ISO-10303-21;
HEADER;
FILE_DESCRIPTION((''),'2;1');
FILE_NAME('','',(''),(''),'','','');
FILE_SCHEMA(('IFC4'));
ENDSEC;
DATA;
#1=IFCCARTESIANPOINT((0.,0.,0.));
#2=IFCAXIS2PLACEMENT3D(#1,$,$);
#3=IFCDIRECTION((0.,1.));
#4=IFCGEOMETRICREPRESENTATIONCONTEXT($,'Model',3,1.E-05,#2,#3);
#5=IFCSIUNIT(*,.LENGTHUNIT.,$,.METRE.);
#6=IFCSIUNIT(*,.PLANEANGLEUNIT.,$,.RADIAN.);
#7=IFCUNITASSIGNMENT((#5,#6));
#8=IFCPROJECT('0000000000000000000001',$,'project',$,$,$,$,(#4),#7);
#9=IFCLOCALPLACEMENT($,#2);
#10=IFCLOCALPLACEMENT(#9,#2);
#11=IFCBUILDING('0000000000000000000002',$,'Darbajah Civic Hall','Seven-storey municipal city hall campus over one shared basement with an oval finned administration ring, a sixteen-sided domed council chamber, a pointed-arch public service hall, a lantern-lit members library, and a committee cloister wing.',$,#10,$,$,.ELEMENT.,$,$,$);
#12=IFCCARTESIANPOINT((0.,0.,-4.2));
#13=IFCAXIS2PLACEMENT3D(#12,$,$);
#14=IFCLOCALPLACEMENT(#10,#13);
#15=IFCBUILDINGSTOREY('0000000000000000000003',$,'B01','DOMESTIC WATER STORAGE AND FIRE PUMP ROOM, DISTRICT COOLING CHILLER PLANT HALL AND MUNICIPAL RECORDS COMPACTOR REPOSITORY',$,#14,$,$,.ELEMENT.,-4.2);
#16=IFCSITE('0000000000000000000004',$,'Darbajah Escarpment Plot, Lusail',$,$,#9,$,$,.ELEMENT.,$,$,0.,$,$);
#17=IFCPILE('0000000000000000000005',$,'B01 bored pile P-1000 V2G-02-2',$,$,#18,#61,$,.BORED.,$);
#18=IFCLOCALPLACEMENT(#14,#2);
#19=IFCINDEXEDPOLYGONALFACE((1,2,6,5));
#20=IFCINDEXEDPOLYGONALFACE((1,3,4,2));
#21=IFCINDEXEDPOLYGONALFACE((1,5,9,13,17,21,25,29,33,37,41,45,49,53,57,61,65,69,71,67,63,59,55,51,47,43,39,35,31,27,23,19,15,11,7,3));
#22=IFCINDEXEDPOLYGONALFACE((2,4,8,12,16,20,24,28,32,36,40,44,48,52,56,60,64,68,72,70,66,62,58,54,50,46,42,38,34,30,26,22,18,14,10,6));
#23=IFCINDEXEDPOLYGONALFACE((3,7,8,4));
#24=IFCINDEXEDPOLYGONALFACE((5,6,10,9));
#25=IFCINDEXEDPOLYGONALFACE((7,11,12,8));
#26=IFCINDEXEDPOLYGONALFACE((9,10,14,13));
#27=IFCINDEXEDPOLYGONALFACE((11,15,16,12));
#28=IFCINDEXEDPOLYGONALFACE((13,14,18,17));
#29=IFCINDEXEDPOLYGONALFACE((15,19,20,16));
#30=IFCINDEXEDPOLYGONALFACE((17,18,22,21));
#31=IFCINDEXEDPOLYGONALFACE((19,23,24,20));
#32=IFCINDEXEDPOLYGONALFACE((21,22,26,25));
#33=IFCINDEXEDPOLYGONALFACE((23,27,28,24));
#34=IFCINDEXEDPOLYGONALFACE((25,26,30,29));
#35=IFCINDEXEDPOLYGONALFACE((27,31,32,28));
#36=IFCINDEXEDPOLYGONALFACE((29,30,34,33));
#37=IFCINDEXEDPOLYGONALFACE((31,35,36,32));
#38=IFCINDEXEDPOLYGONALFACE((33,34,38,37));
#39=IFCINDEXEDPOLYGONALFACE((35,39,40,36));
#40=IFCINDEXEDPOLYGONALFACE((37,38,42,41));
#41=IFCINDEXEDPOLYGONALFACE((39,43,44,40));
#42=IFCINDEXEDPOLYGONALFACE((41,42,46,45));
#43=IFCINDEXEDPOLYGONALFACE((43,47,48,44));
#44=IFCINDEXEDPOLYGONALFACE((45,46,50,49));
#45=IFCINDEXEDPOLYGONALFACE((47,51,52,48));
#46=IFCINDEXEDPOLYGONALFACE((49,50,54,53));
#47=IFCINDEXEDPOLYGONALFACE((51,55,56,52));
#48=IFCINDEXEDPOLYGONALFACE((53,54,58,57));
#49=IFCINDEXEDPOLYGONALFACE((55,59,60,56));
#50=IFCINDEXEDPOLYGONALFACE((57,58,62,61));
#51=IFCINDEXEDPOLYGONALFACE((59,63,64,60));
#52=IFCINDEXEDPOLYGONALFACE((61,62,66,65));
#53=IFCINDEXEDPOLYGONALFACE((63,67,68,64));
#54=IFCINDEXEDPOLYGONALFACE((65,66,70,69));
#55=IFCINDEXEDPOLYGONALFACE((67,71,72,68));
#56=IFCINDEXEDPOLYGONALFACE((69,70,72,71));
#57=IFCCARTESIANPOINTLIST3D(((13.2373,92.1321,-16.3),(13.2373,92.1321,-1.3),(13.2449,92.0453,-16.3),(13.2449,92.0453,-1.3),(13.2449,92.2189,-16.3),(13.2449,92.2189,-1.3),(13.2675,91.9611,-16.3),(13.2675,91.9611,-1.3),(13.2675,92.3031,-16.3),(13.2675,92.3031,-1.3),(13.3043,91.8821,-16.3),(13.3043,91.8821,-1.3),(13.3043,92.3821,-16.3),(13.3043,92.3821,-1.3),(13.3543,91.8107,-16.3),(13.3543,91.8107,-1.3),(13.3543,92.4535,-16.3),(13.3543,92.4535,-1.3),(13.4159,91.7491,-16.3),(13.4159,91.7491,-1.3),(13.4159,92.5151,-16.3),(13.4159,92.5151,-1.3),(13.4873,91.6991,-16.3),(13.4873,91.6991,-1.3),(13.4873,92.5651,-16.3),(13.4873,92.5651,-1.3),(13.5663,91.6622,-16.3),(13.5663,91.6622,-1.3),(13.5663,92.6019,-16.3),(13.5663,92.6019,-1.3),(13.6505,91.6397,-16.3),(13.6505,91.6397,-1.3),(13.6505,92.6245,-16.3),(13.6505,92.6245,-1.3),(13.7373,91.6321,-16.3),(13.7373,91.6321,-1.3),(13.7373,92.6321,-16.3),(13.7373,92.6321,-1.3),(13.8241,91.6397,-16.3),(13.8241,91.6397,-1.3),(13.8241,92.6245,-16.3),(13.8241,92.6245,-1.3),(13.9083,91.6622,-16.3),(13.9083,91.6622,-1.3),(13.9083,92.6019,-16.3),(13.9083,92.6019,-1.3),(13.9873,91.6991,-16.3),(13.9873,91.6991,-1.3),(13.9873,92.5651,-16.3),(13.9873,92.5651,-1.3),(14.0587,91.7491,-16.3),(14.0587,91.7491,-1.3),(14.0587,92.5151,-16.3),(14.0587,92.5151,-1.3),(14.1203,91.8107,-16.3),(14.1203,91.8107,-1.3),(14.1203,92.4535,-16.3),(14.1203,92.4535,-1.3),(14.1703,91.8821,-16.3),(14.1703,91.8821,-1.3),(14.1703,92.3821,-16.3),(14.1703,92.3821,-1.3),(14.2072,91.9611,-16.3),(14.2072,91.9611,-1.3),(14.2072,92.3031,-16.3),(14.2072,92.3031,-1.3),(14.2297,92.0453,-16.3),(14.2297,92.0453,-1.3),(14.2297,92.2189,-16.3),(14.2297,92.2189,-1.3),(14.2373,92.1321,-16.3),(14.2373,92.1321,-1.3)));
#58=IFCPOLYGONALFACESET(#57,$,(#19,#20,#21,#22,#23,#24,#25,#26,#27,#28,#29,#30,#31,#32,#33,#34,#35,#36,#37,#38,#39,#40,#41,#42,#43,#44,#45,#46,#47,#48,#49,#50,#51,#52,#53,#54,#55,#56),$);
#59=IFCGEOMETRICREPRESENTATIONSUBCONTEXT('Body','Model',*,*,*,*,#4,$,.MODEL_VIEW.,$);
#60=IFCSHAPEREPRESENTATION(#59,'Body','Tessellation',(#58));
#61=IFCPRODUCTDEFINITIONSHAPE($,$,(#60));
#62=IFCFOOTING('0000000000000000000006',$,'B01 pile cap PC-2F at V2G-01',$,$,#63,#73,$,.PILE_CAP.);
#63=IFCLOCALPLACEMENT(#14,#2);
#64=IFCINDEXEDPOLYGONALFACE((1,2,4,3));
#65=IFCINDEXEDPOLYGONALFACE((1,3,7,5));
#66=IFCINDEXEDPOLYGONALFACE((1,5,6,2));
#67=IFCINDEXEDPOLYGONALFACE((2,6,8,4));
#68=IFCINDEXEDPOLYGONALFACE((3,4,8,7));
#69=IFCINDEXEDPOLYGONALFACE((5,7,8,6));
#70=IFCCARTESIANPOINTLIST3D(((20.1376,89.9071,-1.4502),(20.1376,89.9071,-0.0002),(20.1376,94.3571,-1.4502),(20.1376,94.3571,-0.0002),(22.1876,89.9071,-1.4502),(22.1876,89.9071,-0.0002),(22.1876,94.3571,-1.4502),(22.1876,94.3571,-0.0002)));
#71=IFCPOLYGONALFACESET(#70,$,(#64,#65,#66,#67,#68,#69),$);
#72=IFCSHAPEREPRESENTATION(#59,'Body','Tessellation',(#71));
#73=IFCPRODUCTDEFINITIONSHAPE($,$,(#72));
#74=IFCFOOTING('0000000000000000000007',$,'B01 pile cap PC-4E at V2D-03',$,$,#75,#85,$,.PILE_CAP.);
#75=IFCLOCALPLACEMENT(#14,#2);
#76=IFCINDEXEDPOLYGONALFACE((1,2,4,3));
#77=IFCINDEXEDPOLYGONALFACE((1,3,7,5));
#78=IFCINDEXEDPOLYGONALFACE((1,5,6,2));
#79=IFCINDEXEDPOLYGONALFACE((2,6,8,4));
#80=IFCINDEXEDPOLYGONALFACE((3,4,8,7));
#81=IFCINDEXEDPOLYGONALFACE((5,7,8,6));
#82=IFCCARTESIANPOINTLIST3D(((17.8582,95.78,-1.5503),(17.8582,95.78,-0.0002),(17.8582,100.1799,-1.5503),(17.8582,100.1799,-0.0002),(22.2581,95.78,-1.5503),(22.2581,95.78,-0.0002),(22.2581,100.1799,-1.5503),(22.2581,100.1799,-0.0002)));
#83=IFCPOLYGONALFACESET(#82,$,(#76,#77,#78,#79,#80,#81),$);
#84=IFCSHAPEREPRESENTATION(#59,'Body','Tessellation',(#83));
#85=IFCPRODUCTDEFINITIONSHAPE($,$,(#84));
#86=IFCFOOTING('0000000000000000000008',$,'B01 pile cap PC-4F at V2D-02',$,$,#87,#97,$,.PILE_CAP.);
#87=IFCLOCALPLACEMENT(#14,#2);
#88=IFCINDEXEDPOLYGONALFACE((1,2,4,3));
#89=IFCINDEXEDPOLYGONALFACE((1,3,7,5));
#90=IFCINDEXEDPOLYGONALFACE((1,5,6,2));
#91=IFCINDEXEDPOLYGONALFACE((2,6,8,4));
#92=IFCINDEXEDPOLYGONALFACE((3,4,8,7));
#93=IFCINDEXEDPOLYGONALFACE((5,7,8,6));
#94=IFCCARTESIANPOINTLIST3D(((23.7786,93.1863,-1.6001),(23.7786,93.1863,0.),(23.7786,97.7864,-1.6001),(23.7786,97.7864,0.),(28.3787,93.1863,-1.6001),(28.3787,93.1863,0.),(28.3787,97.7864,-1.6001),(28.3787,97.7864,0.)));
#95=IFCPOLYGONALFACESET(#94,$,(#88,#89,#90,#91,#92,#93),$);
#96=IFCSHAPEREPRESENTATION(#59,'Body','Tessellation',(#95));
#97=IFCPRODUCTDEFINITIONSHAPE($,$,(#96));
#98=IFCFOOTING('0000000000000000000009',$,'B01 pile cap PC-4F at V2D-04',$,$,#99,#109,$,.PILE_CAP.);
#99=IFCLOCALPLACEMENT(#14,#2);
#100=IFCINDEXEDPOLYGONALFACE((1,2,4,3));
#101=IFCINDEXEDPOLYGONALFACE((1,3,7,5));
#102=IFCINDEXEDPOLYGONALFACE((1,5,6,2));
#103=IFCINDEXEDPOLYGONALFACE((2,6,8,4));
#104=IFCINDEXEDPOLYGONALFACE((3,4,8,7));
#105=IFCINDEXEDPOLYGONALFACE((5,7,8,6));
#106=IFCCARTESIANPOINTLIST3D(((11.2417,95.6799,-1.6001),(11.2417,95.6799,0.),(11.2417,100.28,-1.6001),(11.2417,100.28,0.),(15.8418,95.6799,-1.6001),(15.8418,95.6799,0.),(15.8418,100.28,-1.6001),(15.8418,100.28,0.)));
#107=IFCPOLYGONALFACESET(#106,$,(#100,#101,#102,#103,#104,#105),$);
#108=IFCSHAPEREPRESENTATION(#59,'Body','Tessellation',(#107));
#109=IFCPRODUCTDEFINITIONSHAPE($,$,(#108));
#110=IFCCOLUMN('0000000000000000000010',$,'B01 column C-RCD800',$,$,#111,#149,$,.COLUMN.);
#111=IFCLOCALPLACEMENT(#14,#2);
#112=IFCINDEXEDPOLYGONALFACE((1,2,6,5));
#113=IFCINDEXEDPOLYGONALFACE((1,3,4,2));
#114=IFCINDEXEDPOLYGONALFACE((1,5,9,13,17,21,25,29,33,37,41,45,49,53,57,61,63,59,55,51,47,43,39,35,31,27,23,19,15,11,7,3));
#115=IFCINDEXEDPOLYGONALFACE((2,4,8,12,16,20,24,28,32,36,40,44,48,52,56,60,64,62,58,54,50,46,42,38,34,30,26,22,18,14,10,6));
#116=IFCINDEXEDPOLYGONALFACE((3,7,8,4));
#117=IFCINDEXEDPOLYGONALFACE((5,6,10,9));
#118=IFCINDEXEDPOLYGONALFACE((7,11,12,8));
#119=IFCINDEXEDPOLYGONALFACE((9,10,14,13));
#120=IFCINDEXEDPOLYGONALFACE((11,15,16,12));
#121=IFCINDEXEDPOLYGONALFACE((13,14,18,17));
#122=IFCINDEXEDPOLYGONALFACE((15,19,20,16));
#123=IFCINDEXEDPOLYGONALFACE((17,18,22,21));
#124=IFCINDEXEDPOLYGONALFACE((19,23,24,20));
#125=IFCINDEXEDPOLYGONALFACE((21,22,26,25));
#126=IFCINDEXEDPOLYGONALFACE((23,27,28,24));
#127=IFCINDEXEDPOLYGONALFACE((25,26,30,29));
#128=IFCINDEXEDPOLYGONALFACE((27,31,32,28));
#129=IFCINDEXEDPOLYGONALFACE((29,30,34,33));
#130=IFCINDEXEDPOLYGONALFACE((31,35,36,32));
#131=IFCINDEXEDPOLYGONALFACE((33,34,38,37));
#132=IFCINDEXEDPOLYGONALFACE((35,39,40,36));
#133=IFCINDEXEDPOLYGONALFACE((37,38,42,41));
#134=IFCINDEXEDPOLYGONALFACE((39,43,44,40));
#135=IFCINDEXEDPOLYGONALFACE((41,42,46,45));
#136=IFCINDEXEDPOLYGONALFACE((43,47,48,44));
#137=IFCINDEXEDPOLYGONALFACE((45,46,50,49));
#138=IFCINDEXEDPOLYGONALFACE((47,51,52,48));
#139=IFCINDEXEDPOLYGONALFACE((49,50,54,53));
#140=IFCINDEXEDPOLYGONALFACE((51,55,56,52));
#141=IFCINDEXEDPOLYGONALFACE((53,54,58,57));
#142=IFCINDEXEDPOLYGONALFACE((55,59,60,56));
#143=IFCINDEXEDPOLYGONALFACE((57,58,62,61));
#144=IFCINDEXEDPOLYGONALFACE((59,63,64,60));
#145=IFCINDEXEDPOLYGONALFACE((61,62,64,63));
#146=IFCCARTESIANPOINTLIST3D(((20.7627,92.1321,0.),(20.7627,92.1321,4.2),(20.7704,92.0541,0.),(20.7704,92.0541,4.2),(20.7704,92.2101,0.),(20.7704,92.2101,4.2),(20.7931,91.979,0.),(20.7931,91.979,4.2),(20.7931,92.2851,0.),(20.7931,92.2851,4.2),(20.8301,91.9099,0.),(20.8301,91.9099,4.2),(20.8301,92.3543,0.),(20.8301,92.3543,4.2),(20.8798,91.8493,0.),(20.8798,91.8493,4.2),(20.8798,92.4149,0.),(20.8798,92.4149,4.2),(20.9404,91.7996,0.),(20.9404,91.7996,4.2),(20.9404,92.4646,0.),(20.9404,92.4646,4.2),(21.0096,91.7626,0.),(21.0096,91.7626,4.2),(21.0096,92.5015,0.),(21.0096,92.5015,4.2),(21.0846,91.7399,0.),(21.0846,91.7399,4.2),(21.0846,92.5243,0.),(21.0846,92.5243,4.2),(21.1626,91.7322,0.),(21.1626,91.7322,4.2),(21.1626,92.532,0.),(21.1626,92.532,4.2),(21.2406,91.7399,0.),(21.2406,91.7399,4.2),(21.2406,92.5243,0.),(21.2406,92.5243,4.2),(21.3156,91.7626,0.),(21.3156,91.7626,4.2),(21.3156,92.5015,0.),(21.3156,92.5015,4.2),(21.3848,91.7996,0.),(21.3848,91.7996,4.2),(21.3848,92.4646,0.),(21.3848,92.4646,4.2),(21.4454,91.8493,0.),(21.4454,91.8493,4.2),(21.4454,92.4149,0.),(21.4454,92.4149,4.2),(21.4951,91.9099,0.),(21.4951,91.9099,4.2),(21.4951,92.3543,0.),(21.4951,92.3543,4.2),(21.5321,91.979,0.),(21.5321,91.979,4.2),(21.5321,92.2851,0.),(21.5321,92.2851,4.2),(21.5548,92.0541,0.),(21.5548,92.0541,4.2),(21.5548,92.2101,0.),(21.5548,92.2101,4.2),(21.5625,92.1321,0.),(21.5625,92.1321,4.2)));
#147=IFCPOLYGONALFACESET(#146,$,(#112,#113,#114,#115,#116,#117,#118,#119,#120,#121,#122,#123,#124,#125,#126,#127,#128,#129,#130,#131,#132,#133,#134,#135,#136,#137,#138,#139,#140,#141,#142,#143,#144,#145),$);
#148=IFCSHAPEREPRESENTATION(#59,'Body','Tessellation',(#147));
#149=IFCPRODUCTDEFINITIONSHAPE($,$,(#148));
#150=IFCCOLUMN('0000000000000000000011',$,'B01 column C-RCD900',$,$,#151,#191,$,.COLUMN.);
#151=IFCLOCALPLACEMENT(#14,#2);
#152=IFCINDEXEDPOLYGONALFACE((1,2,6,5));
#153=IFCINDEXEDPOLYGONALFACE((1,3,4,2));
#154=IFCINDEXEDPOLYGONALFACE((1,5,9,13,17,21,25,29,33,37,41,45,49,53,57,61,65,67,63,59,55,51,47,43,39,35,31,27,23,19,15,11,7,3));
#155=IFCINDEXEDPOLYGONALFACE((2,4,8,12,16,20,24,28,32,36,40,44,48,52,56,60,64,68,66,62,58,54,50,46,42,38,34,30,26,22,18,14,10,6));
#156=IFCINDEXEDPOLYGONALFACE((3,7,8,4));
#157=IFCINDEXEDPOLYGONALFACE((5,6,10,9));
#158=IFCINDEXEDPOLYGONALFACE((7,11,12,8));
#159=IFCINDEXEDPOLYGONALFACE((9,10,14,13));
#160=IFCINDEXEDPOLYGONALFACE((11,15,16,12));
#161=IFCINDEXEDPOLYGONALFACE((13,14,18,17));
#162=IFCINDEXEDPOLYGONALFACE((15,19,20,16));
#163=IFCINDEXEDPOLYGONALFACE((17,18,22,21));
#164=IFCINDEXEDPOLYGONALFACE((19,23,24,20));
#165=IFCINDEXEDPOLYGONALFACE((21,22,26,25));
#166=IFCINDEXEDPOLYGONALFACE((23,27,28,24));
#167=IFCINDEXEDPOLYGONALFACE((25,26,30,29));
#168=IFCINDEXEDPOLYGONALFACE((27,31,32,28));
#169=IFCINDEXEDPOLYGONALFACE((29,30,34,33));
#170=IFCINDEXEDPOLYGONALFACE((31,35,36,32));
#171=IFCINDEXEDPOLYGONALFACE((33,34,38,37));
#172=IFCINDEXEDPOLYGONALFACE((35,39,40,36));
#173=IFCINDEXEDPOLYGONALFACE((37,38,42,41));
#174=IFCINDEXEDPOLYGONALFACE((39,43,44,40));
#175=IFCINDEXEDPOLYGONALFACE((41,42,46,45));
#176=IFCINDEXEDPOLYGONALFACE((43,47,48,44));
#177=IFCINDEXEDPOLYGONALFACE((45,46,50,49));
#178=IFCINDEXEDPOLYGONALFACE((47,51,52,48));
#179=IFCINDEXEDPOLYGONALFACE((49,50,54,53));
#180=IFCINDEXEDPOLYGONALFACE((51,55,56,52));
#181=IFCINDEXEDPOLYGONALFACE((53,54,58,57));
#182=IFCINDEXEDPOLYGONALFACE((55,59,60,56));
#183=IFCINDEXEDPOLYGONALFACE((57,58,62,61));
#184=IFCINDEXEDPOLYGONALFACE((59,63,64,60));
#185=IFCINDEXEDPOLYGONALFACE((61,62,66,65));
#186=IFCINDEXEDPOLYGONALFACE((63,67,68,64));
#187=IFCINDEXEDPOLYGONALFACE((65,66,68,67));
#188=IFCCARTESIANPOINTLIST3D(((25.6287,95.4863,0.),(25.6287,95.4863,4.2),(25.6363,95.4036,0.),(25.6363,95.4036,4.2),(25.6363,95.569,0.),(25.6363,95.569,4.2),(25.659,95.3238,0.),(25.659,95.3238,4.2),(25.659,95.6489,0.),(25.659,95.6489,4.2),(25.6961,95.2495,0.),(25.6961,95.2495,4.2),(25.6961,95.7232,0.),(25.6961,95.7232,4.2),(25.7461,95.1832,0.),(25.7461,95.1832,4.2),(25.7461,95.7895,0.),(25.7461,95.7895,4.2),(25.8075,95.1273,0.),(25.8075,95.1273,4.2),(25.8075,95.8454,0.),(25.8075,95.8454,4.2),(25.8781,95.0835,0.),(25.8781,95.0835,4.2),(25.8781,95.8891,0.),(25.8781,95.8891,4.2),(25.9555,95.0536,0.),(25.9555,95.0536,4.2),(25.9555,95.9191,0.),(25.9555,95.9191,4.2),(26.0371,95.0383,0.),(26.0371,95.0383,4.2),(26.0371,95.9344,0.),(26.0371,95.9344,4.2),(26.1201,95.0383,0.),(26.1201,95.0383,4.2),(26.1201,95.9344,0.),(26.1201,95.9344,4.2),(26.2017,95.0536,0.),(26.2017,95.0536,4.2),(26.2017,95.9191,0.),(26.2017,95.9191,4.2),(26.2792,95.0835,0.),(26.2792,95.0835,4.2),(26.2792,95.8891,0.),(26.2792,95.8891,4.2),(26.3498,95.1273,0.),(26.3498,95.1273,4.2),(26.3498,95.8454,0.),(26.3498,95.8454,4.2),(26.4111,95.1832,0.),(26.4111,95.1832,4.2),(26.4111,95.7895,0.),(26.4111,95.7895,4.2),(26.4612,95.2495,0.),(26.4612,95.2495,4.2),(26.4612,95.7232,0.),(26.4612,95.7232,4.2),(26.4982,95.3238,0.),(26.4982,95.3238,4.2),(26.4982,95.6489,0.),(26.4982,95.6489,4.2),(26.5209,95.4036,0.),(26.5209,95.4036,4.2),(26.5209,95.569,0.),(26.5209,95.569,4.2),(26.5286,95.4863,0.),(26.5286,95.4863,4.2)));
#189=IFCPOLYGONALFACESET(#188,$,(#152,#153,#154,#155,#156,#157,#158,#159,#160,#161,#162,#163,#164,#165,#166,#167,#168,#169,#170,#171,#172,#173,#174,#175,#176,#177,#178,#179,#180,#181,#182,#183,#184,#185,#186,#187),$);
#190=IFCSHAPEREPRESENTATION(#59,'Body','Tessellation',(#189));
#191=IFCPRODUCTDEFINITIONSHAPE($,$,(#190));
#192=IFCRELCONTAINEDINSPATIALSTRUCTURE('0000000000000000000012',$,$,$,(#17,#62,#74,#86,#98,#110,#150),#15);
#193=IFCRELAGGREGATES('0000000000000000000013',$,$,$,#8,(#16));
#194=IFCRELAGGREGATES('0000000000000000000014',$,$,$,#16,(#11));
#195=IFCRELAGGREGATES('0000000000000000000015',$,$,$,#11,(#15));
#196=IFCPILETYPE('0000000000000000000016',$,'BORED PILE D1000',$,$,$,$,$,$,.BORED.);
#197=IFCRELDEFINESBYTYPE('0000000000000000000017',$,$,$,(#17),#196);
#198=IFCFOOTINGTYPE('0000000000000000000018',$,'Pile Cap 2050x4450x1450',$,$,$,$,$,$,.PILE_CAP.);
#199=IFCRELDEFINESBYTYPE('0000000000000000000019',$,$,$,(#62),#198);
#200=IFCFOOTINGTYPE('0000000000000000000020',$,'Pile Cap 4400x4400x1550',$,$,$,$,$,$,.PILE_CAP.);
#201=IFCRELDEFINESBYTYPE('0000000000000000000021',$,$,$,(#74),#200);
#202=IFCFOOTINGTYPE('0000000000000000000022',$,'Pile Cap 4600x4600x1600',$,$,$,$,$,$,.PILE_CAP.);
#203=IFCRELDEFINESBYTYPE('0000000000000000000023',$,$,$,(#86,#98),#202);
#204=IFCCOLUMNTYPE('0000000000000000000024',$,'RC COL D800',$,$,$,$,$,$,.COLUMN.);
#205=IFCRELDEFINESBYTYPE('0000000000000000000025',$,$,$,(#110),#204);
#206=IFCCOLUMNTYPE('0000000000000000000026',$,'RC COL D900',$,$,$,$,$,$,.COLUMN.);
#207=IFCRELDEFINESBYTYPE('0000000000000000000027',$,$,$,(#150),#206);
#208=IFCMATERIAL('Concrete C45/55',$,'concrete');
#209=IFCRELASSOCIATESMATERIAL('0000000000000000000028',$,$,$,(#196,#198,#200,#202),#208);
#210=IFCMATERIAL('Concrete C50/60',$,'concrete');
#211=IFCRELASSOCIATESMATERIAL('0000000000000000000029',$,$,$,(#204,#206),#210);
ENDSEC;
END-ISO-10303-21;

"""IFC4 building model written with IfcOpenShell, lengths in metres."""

from ifc_helpers import new_model, si_unit, direction, frame, origin, origin_2d, place, context, subcontext, project, spatial, rectangle, circle, extrude, material, material_profile, profile_set, type_object, element, save


model = new_model("IFC4")

# Units and contexts
model_context = context("Model", 3, precision=1e-05, world=origin(), true_north=direction((0.0, 1.0)))
body_context = subcontext(model_context, "Body", "Model", "MODEL_VIEW")
ifc_project = project(units=[si_unit("LENGTHUNIT", "METRE"), si_unit("PLANEANGLEUNIT", "RADIAN")], contexts=[model_context])

# Site, building, storey
site_placement = place(None, origin())
site = spatial("IfcSite", under=ifc_project, at=site_placement, Name="Darbajah Escarpment Plot, Lusail", CompositionType="ELEMENT", RefElevation=0.0)
building_placement = place(site_placement, origin())
building = spatial("IfcBuilding", under=site, at=building_placement, Name="Darbajah Civic Hall", Description="Seven-storey municipal city hall campus over one shared basement with an oval finned administration ring, a sixteen-sided domed council chamber, a pointed-arch public service hall, a lantern-lit members library, and a committee cloister wing.", CompositionType="ELEMENT")
storey_placement = place(building_placement, frame((0.0, 0.0, -4.2)))
storey = spatial("IfcBuildingStorey", under=building, at=storey_placement, Name="B01", Description="DOMESTIC WATER STORAGE AND FIRE PUMP ROOM, DISTRICT COOLING CHILLER PLANT HALL AND MUNICIPAL RECORDS COMPACTOR REPOSITORY", CompositionType="ELEMENT", Elevation=-4.2)

# Pile
ifc_material_1 = material(Name="Concrete C45/55", Category="concrete")
ifc_material_profile_1 = material_profile(ifc_material_1, circle(Radius=0.5, at=origin_2d()), Name="BORED PILE D1000")
ifc_profile_set_1 = profile_set([ifc_material_profile_1], Name="Concrete C45/55")
pile_type = type_object("IfcPileType", Name="BORED PILE D1000", PredefinedType="BORED", material=ifc_profile_set_1)
for number, where, z_axis, x_axis, name in (
    (1, (13.7373, 92.1321, -1.3), (0.0, 0.0, -1.0), (1.0, 0.0, 0.0), "B01 bored pile P-1000 V2G-02-2"),
):
    element("IfcPile", number, at=place(storey_placement, frame(where, z_axis=z_axis, x_axis=x_axis)), inside=storey, type_object=pile_type, Name=name, PredefinedType="BORED", context=body_context, shape_type="SweptSolid", body=[
        extrude(circle(Radius=0.5, at=origin_2d()), origin(), (0.0, 0.0, 1.0), 15.0),
    ])

# Footings
footing_type_1 = type_object("IfcFootingType", Name="Pile Cap 2050x4450x1450", PredefinedType="PILE_CAP", material=ifc_material_1)
footing_1_placement = place(storey_placement, frame((21.1626, 92.1321, -1.4502), z_axis=(0.0, 0.0, 1.0), x_axis=(1.0, 0.0, 0.0)))
element("IfcFooting", 2, at=footing_1_placement, inside=storey, type_object=footing_type_1, Name="B01 pile cap PC-2F at V2G-01", PredefinedType="PILE_CAP", context=body_context, shape_type="SweptSolid", body=[
    extrude(rectangle(XDim=2.05, YDim=4.45, at=origin_2d()), origin(), (0.0, 0.0, 1.0), 1.45),
])
footing_type_2 = type_object("IfcFootingType", Name="Pile Cap 4400x4400x1550", PredefinedType="PILE_CAP", material=ifc_material_1)
footing_2_placement = place(storey_placement, frame((20.0581, 97.98, -1.5503), z_axis=(0.0, 0.0, 1.0), x_axis=(1.0, 0.0, 0.0)))
element("IfcFooting", 3, at=footing_2_placement, inside=storey, type_object=footing_type_2, Name="B01 pile cap PC-4E at V2D-03", PredefinedType="PILE_CAP", context=body_context, shape_type="SweptSolid", body=[
    extrude(rectangle(XDim=4.3999, YDim=4.3999, at=origin_2d()), origin(), (0.0, 0.0, 1.0), 1.55),
])
footing_type_3 = type_object("IfcFootingType", Name="Pile Cap 4600x4600x1600", PredefinedType="PILE_CAP", material=ifc_material_1)
for number, where, z_axis, x_axis, name in (
    (4, (26.0786, 95.4863, -1.6001), (0.0, 0.0, 1.0), (1.0, 0.0, 0.0), "B01 pile cap PC-4F at V2D-02"),
    (5, (13.5417, 97.98, -1.6001), (0.0, 0.0, 1.0), (1.0, 0.0, 0.0), "B01 pile cap PC-4F at V2D-04"),
):
    element("IfcFooting", number, at=place(storey_placement, frame(where, z_axis=z_axis, x_axis=x_axis)), inside=storey, type_object=footing_type_3, Name=name, PredefinedType="PILE_CAP", context=body_context, shape_type="SweptSolid", body=[
        extrude(rectangle(XDim=4.6001, YDim=4.6001, at=origin_2d()), origin(), (0.0, 0.0, 1.0), 1.6001),
    ])

# Columns
ifc_material_2 = material(Name="Concrete C50/60", Category="concrete")
ifc_material_profile_2 = material_profile(ifc_material_2, circle(Radius=0.3999, at=origin_2d()), Name="RC COL D800")
ifc_profile_set_2 = profile_set([ifc_material_profile_2], Name="Concrete C50/60")
column_type_1 = type_object("IfcColumnType", Name="RC COL D800", PredefinedType="COLUMN", material=ifc_profile_set_2)
column_placement = place(storey_placement, frame((21.1626, 92.1321, 0.0), z_axis=(0.0, 0.0, 1.0), x_axis=(1.0, 0.0, 0.0)))
element("IfcColumn", 6, at=column_placement, inside=storey, type_object=column_type_1, Name="B01 column C-RCD800", PredefinedType="COLUMN", context=body_context, shape_type="SweptSolid", body=[
    extrude(circle(Radius=0.3999, at=origin_2d()), origin(), (0.0, 0.0, 1.0), 4.2),
])
ifc_material_profile_3 = material_profile(ifc_material_2, circle(Radius=0.45, at=origin_2d()), Name="RC COL D900")
ifc_profile_set_3 = profile_set([ifc_material_profile_3], Name="Concrete C50/60")
column_type_2 = type_object("IfcColumnType", Name="RC COL D900", PredefinedType="COLUMN", material=ifc_profile_set_3)
for number, where, z_axis, x_axis, name in (
    (7, (26.0786, 95.4863, 0.0), (0.0, 0.0, 1.0), (1.0, 0.0, 0.0), "B01 column C-RCD900"),
):
    element("IfcColumn", number, at=place(storey_placement, frame(where, z_axis=z_axis, x_axis=x_axis)), inside=storey, type_object=column_type_2, Name=name, PredefinedType="COLUMN", context=body_context, shape_type="SweptSolid", body=[
        extrude(circle(Radius=0.45, at=origin_2d()), origin(), (0.0, 0.0, 1.0), 4.2),
    ])

save(model, "model.ifc")
